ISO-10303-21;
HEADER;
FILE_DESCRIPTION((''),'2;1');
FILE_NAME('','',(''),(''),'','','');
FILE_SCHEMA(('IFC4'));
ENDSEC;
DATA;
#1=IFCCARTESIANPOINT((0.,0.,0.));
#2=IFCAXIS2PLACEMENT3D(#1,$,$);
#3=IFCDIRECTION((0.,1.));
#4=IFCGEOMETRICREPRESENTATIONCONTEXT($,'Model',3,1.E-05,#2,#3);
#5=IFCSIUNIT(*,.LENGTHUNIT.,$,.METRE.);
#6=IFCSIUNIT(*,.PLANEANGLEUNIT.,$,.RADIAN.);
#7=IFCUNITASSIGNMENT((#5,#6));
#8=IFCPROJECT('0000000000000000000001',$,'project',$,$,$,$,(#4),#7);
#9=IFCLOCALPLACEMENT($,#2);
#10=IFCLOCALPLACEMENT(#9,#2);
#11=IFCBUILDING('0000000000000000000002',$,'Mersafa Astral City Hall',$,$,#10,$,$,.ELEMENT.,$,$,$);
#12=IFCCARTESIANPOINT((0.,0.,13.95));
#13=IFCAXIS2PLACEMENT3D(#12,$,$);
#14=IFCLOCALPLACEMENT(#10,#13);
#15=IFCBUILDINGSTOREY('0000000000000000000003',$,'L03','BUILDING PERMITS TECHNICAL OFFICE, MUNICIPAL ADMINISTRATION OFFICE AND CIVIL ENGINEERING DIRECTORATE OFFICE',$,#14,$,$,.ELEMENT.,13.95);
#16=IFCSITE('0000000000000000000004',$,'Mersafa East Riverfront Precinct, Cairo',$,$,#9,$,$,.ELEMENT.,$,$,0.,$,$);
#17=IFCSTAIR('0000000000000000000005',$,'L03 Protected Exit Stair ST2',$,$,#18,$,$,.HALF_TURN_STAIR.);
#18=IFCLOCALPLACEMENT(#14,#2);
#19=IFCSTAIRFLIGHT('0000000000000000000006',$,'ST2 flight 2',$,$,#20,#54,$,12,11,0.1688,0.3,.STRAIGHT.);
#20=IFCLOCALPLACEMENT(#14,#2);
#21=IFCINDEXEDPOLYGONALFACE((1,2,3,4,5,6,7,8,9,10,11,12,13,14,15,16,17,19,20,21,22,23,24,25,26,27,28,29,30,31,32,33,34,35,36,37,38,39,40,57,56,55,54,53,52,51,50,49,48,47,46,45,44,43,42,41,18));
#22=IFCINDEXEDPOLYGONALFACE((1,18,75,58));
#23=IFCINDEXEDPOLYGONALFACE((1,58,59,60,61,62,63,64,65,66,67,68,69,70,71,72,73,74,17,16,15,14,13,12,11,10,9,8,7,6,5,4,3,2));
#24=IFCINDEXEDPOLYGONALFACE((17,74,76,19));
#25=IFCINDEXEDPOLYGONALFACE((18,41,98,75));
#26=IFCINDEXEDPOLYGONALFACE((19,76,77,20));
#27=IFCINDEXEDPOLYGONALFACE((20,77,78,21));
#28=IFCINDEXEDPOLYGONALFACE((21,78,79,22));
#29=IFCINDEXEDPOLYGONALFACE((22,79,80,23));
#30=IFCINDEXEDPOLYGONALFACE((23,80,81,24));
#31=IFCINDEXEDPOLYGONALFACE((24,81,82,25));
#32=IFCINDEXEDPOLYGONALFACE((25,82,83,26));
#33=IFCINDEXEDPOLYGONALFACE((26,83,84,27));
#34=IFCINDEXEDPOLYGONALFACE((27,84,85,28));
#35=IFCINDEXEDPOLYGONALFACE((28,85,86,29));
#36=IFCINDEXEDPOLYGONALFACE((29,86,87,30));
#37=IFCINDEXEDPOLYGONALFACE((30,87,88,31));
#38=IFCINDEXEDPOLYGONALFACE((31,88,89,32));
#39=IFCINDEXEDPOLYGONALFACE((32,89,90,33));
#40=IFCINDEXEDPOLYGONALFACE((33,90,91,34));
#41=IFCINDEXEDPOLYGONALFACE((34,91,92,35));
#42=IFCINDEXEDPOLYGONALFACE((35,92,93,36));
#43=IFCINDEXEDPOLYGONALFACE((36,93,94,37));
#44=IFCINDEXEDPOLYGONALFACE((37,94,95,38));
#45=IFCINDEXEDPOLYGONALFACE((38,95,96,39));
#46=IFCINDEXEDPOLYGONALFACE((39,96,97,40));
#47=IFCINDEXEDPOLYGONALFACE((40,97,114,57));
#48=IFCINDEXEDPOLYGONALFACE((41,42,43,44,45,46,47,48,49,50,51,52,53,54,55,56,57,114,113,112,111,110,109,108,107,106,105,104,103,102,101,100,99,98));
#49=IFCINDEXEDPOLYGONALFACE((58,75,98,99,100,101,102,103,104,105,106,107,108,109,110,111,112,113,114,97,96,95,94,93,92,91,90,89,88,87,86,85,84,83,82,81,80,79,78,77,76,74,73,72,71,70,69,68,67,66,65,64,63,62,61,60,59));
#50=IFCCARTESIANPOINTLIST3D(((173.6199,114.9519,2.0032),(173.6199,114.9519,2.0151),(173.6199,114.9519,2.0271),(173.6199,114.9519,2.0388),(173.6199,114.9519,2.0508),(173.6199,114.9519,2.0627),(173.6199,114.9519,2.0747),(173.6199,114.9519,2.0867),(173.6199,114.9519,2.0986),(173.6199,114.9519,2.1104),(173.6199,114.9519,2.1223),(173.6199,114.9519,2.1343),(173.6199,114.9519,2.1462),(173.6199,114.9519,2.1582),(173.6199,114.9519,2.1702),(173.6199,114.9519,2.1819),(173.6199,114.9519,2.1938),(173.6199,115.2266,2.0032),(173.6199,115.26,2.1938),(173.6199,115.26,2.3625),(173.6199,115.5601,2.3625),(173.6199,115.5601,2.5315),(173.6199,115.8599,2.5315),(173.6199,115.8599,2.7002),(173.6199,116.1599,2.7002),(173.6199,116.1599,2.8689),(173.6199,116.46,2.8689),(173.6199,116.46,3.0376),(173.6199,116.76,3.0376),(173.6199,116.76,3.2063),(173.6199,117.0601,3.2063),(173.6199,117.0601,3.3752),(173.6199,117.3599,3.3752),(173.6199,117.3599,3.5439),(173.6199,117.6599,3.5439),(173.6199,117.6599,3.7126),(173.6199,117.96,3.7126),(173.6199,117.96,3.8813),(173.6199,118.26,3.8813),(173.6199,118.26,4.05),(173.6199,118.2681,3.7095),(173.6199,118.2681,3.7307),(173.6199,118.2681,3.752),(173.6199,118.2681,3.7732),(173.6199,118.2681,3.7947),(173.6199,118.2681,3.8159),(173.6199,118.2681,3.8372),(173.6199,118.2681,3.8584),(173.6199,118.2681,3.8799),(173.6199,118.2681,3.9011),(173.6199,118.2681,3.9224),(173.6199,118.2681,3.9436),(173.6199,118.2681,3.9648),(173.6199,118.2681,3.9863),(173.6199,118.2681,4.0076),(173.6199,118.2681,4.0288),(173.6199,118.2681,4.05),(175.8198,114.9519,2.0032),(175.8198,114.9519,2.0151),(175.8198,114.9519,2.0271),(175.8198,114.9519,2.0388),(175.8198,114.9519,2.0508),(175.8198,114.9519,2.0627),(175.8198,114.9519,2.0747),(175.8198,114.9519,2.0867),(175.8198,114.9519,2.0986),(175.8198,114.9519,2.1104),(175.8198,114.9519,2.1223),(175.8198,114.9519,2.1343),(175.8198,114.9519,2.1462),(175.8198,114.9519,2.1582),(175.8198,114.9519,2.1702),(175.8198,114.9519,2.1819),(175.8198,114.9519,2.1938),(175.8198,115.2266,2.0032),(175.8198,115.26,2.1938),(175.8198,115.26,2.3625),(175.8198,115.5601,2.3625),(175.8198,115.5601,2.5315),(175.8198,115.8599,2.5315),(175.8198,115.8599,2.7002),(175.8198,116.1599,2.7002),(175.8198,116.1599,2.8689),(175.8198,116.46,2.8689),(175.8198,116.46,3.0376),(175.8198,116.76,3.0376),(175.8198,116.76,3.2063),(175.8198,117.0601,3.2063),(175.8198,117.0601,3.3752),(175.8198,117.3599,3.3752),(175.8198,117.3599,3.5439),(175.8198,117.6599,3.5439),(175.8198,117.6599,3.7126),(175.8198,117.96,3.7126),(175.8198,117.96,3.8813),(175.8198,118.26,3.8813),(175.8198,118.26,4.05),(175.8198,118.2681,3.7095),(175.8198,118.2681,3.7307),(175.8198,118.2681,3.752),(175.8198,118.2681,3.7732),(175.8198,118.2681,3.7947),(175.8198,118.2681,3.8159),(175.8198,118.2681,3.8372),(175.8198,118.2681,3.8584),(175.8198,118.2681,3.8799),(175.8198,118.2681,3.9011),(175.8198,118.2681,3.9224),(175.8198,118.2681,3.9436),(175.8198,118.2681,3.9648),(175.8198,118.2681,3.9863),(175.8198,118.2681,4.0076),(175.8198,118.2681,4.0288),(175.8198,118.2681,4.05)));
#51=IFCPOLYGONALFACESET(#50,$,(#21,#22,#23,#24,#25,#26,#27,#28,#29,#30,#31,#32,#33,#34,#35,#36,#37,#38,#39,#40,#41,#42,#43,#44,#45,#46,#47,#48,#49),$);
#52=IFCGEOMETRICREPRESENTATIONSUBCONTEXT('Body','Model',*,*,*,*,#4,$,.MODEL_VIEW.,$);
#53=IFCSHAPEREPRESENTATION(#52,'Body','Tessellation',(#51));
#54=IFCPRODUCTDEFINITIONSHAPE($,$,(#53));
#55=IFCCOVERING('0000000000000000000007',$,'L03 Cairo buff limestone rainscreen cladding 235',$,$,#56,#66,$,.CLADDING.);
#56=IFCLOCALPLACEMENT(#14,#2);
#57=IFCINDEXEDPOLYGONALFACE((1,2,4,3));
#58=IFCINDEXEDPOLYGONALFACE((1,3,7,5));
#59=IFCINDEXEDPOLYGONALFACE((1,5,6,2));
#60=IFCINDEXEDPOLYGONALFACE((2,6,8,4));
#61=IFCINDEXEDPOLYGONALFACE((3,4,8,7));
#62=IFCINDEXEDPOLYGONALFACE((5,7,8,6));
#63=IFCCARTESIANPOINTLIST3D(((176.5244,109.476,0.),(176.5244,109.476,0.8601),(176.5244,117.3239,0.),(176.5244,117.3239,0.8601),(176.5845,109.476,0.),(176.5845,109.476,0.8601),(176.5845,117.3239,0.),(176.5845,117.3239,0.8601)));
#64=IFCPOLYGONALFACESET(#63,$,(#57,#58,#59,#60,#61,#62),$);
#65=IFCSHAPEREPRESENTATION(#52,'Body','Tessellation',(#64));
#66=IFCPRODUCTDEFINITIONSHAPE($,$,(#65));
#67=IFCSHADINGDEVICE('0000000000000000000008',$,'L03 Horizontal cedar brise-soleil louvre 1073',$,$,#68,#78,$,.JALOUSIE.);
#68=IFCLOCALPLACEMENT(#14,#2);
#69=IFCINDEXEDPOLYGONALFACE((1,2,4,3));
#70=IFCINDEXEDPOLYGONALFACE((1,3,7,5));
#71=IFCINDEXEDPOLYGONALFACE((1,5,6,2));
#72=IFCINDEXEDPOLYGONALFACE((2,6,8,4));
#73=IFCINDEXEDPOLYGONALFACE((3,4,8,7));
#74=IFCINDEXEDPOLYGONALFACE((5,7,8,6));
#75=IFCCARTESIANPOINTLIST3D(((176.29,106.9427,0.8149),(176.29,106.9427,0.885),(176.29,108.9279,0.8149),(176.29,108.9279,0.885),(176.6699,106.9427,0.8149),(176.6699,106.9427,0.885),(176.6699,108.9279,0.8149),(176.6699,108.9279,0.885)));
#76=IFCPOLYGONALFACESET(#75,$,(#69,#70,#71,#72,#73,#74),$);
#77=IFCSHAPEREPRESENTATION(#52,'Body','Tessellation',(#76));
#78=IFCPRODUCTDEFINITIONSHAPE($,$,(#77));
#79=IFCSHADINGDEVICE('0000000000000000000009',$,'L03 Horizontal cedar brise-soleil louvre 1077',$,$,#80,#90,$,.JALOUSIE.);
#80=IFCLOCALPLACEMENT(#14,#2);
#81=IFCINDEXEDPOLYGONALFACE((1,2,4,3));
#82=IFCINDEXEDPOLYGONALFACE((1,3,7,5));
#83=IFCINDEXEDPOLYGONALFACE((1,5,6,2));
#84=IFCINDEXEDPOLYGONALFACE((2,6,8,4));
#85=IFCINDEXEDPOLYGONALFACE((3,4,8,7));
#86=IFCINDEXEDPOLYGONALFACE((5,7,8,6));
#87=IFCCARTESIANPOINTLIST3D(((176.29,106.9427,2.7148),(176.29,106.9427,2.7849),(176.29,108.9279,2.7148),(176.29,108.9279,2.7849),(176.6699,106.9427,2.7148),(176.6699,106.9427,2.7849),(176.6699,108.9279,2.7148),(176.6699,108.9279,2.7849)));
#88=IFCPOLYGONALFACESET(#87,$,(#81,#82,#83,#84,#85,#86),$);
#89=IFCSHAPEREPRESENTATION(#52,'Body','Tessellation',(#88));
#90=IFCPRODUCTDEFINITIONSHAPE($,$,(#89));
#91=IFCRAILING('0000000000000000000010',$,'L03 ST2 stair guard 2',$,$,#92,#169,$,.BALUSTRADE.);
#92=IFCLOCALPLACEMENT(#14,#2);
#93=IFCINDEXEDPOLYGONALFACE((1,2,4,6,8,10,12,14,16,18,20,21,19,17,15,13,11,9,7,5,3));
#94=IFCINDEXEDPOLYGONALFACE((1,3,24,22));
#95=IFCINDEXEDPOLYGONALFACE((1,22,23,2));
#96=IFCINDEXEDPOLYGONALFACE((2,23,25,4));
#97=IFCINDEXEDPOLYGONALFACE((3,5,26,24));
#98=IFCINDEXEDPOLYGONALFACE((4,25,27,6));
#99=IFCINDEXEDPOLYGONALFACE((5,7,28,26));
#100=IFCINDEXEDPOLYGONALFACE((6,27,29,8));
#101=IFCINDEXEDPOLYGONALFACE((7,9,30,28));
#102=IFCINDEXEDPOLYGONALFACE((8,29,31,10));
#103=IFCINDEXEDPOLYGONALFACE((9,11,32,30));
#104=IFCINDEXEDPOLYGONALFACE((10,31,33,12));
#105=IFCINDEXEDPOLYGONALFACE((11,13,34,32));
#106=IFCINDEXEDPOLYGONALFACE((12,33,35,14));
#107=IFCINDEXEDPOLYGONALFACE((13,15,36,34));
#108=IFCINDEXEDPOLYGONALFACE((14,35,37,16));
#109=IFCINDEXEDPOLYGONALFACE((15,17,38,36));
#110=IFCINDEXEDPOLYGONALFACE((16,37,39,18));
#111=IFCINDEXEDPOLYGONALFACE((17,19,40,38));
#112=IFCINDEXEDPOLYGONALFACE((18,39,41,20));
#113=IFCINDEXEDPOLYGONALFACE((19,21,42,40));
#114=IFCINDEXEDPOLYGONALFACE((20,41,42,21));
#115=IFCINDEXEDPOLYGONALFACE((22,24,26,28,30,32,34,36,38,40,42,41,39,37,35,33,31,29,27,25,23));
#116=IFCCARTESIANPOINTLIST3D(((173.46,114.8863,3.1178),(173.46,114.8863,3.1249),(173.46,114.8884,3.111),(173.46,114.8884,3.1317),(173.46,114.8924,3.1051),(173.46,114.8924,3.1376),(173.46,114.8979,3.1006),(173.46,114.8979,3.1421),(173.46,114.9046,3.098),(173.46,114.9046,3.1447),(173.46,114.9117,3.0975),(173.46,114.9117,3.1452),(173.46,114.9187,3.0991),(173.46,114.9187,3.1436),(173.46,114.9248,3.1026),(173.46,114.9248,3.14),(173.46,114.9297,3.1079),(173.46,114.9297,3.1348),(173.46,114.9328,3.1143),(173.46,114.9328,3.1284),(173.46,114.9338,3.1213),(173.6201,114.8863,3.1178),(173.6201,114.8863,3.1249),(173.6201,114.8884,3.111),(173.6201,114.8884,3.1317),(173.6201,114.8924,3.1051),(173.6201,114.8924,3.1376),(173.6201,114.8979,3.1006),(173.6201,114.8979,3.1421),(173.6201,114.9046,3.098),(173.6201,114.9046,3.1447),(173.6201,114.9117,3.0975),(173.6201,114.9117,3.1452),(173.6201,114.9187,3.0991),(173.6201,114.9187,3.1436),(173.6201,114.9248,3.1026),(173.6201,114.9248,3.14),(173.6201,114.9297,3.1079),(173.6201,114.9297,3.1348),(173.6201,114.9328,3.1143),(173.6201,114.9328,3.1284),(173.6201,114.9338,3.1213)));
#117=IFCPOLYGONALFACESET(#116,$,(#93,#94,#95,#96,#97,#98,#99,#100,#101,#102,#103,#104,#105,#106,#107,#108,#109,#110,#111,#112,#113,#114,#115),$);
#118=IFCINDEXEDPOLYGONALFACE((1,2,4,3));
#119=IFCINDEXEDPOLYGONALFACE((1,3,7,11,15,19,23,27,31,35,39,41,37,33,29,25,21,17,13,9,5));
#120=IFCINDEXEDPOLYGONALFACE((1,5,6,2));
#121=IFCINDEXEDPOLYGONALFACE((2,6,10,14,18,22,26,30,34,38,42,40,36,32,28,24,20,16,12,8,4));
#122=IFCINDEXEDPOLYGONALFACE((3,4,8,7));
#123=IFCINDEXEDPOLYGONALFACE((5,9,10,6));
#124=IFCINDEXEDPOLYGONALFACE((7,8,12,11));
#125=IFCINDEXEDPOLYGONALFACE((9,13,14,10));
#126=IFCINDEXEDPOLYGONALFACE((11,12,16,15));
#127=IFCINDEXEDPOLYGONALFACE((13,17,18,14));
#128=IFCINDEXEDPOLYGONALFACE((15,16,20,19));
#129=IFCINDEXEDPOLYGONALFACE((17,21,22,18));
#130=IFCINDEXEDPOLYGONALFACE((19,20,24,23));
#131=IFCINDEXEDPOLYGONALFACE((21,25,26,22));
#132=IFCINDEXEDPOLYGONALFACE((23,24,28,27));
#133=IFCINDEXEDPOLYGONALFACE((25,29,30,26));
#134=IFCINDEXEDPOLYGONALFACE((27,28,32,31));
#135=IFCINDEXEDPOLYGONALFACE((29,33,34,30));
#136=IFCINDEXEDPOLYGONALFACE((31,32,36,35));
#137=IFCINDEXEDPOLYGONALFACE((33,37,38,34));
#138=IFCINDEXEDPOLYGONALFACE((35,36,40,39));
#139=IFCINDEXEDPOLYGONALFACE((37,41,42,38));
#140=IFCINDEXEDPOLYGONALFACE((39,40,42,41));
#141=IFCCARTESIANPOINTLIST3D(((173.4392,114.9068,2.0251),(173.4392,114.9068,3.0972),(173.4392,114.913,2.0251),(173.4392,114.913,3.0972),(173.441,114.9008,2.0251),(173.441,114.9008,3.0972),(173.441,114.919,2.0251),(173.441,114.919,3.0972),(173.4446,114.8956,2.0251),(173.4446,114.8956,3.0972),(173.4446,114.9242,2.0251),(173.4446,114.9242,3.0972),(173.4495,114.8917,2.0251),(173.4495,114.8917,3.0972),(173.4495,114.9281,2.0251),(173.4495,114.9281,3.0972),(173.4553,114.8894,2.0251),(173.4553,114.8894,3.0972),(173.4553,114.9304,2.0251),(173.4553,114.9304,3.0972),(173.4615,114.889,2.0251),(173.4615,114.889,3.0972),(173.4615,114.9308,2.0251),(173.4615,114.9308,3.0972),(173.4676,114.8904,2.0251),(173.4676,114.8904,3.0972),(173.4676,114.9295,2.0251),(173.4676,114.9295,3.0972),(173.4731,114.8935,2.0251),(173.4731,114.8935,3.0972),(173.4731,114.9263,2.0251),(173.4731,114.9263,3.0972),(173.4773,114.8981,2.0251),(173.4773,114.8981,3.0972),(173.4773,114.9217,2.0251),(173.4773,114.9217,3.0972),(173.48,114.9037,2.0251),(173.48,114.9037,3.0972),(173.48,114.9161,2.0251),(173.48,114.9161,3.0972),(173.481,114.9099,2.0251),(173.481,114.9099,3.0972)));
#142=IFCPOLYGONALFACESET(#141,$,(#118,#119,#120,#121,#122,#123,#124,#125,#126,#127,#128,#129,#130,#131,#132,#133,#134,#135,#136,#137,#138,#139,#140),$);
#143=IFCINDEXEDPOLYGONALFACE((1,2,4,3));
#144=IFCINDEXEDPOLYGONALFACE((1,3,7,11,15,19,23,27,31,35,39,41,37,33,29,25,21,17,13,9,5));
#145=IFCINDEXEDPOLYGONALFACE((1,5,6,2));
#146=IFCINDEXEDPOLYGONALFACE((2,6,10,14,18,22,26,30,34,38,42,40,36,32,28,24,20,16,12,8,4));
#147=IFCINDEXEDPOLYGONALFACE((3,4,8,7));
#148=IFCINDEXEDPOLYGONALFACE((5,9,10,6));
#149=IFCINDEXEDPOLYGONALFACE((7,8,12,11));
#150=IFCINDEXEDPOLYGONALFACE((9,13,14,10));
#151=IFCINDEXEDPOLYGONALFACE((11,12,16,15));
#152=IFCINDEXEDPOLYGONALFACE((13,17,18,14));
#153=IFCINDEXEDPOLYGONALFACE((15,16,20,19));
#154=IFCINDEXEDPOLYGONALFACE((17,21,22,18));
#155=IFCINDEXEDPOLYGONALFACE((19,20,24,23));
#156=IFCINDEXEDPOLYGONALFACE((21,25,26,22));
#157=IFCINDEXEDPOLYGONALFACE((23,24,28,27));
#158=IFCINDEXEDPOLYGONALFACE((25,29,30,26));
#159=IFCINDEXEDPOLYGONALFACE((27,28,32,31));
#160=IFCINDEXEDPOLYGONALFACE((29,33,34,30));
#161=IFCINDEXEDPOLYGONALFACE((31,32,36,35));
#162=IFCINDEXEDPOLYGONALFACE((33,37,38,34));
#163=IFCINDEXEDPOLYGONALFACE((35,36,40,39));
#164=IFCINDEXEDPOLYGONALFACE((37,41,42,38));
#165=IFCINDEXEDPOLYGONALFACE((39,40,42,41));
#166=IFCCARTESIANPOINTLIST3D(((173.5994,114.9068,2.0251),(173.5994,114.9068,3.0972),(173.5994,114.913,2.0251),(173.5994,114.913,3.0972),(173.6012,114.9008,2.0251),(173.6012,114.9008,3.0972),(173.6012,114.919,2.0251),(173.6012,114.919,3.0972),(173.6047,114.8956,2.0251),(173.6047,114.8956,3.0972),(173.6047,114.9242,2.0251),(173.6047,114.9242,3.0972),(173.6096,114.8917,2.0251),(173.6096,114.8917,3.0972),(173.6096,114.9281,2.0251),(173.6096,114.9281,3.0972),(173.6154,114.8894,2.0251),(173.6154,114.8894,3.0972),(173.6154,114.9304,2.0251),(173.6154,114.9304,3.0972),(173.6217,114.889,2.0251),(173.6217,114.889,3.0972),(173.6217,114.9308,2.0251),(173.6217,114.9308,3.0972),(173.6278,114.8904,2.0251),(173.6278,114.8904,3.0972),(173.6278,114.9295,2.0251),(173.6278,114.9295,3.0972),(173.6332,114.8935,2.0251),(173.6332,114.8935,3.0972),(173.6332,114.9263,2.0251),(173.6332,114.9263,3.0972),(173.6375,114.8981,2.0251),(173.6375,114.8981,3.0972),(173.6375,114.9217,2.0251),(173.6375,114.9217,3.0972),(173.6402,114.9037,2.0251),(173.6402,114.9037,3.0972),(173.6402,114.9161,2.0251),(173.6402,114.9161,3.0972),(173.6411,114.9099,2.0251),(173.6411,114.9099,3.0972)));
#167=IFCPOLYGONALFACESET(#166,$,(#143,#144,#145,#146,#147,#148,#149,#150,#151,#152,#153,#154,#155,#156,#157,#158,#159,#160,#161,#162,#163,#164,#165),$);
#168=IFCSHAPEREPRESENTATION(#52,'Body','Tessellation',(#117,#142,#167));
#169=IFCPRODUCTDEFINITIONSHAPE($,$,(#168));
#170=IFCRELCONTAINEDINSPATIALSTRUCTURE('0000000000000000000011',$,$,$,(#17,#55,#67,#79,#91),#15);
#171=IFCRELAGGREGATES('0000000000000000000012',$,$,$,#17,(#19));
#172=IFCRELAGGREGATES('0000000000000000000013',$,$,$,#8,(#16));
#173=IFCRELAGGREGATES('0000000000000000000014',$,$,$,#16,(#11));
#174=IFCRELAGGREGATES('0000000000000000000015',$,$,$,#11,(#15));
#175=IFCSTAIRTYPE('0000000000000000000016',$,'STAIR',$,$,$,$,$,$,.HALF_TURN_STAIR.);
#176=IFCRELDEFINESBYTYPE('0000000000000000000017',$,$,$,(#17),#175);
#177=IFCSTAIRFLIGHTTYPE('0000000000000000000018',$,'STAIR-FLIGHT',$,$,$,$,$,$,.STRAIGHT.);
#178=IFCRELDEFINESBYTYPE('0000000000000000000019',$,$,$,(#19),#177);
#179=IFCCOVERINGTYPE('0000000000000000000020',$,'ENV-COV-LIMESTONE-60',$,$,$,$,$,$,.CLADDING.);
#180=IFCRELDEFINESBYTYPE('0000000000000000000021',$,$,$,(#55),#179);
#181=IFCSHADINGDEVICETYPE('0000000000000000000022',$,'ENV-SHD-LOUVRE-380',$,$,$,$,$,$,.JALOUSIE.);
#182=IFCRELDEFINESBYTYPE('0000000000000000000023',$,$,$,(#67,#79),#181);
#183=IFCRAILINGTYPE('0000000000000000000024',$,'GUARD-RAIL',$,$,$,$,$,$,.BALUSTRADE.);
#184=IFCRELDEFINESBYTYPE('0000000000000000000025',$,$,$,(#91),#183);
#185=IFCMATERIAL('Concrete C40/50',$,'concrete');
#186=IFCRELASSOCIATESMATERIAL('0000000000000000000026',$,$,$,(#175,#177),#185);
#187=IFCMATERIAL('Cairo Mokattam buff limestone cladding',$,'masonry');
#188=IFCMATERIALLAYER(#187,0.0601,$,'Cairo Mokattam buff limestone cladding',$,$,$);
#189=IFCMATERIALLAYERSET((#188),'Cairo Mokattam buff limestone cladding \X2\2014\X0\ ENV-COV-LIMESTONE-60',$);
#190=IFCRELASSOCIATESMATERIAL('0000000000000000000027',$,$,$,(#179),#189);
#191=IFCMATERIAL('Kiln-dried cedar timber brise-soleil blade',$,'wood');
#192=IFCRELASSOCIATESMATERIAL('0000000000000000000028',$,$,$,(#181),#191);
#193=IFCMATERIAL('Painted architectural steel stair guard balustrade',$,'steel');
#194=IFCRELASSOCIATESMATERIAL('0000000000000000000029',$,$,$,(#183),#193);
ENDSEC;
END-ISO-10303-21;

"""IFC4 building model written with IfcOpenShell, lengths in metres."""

from ifc_helpers import new_model, si_unit, direction, frame, origin, origin_2d, place, context, subcontext, project, spatial, polyline, rectangle, circle, outline, extrude, material, layer, layer_set, type_object, element, aggregate, save


model = new_model("IFC4")

# Units and contexts
model_context = context("Model", 3, precision=1e-05, world=origin(), true_north=direction((0.0, 1.0)))
body_context = subcontext(model_context, "Body", "Model", "MODEL_VIEW")
ifc_project = project(units=[si_unit("LENGTHUNIT", "METRE"), si_unit("PLANEANGLEUNIT", "RADIAN")], contexts=[model_context])

# Site, building, storey
site_placement = place(None, origin())
site = spatial("IfcSite", under=ifc_project, at=site_placement, Name="Mersafa East Riverfront Precinct, Cairo", CompositionType="ELEMENT", RefElevation=0.0)
building_placement = place(site_placement, origin())
building = spatial("IfcBuilding", under=site, at=building_placement, Name="Mersafa Astral City Hall", CompositionType="ELEMENT")
storey_placement = place(building_placement, frame((0.0, 0.0, 13.95)))
storey = spatial("IfcBuildingStorey", under=building, at=storey_placement, Name="L03", Description="BUILDING PERMITS TECHNICAL OFFICE, MUNICIPAL ADMINISTRATION OFFICE AND CIVIL ENGINEERING DIRECTORATE OFFICE", CompositionType="ELEMENT", Elevation=13.95)

# Shared definitions
ifc_material_1 = material(Name="Concrete C40/50", Category="concrete")

# Stair, stair flight
stair_type = type_object("IfcStairType", Name="STAIR", PredefinedType="HALF_TURN_STAIR", material=ifc_material_1)
stair_placement = place(storey_placement, origin())
stair = element("IfcStair", 1, at=stair_placement, inside=storey, type_object=stair_type, Name="L03 Protected Exit Stair ST2", PredefinedType="HALF_TURN_STAIR")
stair_flight_type = type_object("IfcStairFlightType", Name="STAIR-FLIGHT", PredefinedType="STRAIGHT", material=ifc_material_1)
stair_flight_placement = place(storey_placement, frame((174.72, 114.96, 2.0251), z_axis=(0.0, 0.0, 1.0), x_axis=(0.0, 1.0, 0.0)))
stair_flight = element("IfcStairFlight", 2, at=stair_flight_placement, type_object=stair_flight_type, Name="ST2 flight 2", NumberOfRisers=12, NumberOfTreads=11, PredefinedType="STRAIGHT", RiserHeight=0.1688, TreadLength=0.3, context=body_context, shape_type="SweptSolid", body=[
    extrude(outline(polyline([(-0.0081, -0.022), (-0.0081, -0.01), (-0.0081, 0.002), (-0.0081, 0.0137), (-0.0081, 0.0256), (-0.0081, 0.0376), (-0.0081, 0.0496), (-0.0081, 0.0615), (-0.0081, 0.0735), (-0.0081, 0.0852), (-0.0081, 0.0972), (-0.0081, 0.1091), (-0.0081, 0.1211), (-0.0081, 0.1331), (-0.0081, 0.145), (-0.0081, 0.1567), (-0.0081, 0.1687), (0.3, 0.1687), (0.3, 0.3374), (0.6001, 0.3374), (0.6001, 0.5063), (0.8999, 0.5063), (0.8999, 0.675), (1.2, 0.675), (1.2, 0.8438), (1.5, 0.8438), (1.5, 1.0125), (1.8, 1.0125), (1.8, 1.1812), (2.1001, 1.1812), (2.1001, 1.3501), (2.3999, 1.3501), (2.3999, 1.5188), (2.7, 1.5188), (2.7, 1.6875), (3.0, 1.6875), (3.0, 1.8562), (3.3, 1.8562), (3.3, 2.0249), (3.3081, 2.0249), (3.3081, 2.0037), (3.3081, 1.9824), (3.3081, 1.9612), (3.3081, 1.9397), (3.3081, 1.9185), (3.3081, 1.8972), (3.3081, 1.876), (3.3081, 1.8547), (3.3081, 1.8333), (3.3081, 1.812), (3.3081, 1.7908), (3.3081, 1.7695), (3.3081, 1.748), (3.3081, 1.7268), (3.3081, 1.7056), (3.3081, 1.6843), (0.2666, -0.022), (-0.0081, -0.022)])), frame((0.0, 1.1001, 0.0), z_axis=(0.0, -1.0, 0.0), x_axis=(1.0, 0.0, 0.0)), (0.0, 0.0, 1.0), 2.2),
])
aggregate(stair, [stair_flight])

# Covering
ifc_material_2 = material(Name="Cairo Mokattam buff limestone cladding", Category="masonry")
ifc_layer_1 = layer(ifc_material_2, 0.0601, Name="Cairo Mokattam buff limestone cladding")
ifc_layer_set_1 = layer_set([ifc_layer_1], Name="Cairo Mokattam buff limestone cladding — ENV-COV-LIMESTONE-60")
covering_type = type_object("IfcCoveringType", Name="ENV-COV-LIMESTONE-60", PredefinedType="CLADDING", material=ifc_layer_set_1)
covering_placement = place(storey_placement, frame((176.5544, 113.3999, 0.0), z_axis=(0.0, 0.0, 1.0), x_axis=(0.0, 1.0, 0.0)))
element("IfcCovering", 3, at=covering_placement, inside=storey, type_object=covering_type, Name="L03 Cairo buff limestone rainscreen cladding 235", PredefinedType="CLADDING", context=body_context, shape_type="SweptSolid", body=[
    extrude(rectangle(XDim=7.8479, YDim=0.0601, at=origin_2d()), origin(), (0.0, 0.0, 1.0), 0.8601),
])

# Shading devices
ifc_material_3 = material(Name="Kiln-dried cedar timber brise-soleil blade", Category="wood")
shading_device_type = type_object("IfcShadingDeviceType", Name="ENV-SHD-LOUVRE-380", PredefinedType="JALOUSIE", material=ifc_material_3)
for number, where, z_axis, x_axis, name in (
    (4, (176.48, 107.9353, 0.8149), (0.0, 0.0, 1.0), (0.0, 1.0, 0.0), "L03 Horizontal cedar brise-soleil louvre 1073"),
    (5, (176.48, 107.9353, 2.7148), (0.0, 0.0, 1.0), (0.0, 1.0, 0.0), "L03 Horizontal cedar brise-soleil louvre 1077"),
):
    element("IfcShadingDevice", number, at=place(storey_placement, frame(where, z_axis=z_axis, x_axis=x_axis)), inside=storey, type_object=shading_device_type, Name=name, PredefinedType="JALOUSIE", context=body_context, shape_type="SweptSolid", body=[
        extrude(rectangle(XDim=1.9851, YDim=0.3799, at=origin_2d()), origin(), (0.0, 0.0, 1.0), 0.0701),
    ])

# Railing
ifc_material_4 = material(Name="Painted architectural steel stair guard balustrade", Category="steel")
railing_type_1 = type_object("IfcRailingType", Name="GUARD-RAIL", PredefinedType="BALUSTRADE", material=ifc_material_4)
railing_1_placement = place(storey_placement, frame((173.46, 114.9099, 2.0251)))
element("IfcRailing", 6, at=railing_1_placement, inside=storey, type_object=railing_type_1, Name="L03 ST2 stair guard 2", PredefinedType="BALUSTRADE", context=body_context, shape_type="SweptSolid", body=[
    extrude(circle(Radius=0.0239, at=origin_2d()), frame((0.0, 0.0, 1.0962), z_axis=(1.0, 0.0, 0.0), x_axis=(0.0, 1.0, 0.0)), (0.0, 0.0, 1.0), 0.1602),
    extrude(circle(Radius=0.021, at=origin_2d()), origin(), (0.0, 0.0, 1.0), 1.072),
    extrude(circle(Radius=0.021, at=origin_2d()), frame((0.1602, 0.0, 0.0)), (0.0, 0.0, 1.0), 1.072),
])

save(model, "model.ifc")
